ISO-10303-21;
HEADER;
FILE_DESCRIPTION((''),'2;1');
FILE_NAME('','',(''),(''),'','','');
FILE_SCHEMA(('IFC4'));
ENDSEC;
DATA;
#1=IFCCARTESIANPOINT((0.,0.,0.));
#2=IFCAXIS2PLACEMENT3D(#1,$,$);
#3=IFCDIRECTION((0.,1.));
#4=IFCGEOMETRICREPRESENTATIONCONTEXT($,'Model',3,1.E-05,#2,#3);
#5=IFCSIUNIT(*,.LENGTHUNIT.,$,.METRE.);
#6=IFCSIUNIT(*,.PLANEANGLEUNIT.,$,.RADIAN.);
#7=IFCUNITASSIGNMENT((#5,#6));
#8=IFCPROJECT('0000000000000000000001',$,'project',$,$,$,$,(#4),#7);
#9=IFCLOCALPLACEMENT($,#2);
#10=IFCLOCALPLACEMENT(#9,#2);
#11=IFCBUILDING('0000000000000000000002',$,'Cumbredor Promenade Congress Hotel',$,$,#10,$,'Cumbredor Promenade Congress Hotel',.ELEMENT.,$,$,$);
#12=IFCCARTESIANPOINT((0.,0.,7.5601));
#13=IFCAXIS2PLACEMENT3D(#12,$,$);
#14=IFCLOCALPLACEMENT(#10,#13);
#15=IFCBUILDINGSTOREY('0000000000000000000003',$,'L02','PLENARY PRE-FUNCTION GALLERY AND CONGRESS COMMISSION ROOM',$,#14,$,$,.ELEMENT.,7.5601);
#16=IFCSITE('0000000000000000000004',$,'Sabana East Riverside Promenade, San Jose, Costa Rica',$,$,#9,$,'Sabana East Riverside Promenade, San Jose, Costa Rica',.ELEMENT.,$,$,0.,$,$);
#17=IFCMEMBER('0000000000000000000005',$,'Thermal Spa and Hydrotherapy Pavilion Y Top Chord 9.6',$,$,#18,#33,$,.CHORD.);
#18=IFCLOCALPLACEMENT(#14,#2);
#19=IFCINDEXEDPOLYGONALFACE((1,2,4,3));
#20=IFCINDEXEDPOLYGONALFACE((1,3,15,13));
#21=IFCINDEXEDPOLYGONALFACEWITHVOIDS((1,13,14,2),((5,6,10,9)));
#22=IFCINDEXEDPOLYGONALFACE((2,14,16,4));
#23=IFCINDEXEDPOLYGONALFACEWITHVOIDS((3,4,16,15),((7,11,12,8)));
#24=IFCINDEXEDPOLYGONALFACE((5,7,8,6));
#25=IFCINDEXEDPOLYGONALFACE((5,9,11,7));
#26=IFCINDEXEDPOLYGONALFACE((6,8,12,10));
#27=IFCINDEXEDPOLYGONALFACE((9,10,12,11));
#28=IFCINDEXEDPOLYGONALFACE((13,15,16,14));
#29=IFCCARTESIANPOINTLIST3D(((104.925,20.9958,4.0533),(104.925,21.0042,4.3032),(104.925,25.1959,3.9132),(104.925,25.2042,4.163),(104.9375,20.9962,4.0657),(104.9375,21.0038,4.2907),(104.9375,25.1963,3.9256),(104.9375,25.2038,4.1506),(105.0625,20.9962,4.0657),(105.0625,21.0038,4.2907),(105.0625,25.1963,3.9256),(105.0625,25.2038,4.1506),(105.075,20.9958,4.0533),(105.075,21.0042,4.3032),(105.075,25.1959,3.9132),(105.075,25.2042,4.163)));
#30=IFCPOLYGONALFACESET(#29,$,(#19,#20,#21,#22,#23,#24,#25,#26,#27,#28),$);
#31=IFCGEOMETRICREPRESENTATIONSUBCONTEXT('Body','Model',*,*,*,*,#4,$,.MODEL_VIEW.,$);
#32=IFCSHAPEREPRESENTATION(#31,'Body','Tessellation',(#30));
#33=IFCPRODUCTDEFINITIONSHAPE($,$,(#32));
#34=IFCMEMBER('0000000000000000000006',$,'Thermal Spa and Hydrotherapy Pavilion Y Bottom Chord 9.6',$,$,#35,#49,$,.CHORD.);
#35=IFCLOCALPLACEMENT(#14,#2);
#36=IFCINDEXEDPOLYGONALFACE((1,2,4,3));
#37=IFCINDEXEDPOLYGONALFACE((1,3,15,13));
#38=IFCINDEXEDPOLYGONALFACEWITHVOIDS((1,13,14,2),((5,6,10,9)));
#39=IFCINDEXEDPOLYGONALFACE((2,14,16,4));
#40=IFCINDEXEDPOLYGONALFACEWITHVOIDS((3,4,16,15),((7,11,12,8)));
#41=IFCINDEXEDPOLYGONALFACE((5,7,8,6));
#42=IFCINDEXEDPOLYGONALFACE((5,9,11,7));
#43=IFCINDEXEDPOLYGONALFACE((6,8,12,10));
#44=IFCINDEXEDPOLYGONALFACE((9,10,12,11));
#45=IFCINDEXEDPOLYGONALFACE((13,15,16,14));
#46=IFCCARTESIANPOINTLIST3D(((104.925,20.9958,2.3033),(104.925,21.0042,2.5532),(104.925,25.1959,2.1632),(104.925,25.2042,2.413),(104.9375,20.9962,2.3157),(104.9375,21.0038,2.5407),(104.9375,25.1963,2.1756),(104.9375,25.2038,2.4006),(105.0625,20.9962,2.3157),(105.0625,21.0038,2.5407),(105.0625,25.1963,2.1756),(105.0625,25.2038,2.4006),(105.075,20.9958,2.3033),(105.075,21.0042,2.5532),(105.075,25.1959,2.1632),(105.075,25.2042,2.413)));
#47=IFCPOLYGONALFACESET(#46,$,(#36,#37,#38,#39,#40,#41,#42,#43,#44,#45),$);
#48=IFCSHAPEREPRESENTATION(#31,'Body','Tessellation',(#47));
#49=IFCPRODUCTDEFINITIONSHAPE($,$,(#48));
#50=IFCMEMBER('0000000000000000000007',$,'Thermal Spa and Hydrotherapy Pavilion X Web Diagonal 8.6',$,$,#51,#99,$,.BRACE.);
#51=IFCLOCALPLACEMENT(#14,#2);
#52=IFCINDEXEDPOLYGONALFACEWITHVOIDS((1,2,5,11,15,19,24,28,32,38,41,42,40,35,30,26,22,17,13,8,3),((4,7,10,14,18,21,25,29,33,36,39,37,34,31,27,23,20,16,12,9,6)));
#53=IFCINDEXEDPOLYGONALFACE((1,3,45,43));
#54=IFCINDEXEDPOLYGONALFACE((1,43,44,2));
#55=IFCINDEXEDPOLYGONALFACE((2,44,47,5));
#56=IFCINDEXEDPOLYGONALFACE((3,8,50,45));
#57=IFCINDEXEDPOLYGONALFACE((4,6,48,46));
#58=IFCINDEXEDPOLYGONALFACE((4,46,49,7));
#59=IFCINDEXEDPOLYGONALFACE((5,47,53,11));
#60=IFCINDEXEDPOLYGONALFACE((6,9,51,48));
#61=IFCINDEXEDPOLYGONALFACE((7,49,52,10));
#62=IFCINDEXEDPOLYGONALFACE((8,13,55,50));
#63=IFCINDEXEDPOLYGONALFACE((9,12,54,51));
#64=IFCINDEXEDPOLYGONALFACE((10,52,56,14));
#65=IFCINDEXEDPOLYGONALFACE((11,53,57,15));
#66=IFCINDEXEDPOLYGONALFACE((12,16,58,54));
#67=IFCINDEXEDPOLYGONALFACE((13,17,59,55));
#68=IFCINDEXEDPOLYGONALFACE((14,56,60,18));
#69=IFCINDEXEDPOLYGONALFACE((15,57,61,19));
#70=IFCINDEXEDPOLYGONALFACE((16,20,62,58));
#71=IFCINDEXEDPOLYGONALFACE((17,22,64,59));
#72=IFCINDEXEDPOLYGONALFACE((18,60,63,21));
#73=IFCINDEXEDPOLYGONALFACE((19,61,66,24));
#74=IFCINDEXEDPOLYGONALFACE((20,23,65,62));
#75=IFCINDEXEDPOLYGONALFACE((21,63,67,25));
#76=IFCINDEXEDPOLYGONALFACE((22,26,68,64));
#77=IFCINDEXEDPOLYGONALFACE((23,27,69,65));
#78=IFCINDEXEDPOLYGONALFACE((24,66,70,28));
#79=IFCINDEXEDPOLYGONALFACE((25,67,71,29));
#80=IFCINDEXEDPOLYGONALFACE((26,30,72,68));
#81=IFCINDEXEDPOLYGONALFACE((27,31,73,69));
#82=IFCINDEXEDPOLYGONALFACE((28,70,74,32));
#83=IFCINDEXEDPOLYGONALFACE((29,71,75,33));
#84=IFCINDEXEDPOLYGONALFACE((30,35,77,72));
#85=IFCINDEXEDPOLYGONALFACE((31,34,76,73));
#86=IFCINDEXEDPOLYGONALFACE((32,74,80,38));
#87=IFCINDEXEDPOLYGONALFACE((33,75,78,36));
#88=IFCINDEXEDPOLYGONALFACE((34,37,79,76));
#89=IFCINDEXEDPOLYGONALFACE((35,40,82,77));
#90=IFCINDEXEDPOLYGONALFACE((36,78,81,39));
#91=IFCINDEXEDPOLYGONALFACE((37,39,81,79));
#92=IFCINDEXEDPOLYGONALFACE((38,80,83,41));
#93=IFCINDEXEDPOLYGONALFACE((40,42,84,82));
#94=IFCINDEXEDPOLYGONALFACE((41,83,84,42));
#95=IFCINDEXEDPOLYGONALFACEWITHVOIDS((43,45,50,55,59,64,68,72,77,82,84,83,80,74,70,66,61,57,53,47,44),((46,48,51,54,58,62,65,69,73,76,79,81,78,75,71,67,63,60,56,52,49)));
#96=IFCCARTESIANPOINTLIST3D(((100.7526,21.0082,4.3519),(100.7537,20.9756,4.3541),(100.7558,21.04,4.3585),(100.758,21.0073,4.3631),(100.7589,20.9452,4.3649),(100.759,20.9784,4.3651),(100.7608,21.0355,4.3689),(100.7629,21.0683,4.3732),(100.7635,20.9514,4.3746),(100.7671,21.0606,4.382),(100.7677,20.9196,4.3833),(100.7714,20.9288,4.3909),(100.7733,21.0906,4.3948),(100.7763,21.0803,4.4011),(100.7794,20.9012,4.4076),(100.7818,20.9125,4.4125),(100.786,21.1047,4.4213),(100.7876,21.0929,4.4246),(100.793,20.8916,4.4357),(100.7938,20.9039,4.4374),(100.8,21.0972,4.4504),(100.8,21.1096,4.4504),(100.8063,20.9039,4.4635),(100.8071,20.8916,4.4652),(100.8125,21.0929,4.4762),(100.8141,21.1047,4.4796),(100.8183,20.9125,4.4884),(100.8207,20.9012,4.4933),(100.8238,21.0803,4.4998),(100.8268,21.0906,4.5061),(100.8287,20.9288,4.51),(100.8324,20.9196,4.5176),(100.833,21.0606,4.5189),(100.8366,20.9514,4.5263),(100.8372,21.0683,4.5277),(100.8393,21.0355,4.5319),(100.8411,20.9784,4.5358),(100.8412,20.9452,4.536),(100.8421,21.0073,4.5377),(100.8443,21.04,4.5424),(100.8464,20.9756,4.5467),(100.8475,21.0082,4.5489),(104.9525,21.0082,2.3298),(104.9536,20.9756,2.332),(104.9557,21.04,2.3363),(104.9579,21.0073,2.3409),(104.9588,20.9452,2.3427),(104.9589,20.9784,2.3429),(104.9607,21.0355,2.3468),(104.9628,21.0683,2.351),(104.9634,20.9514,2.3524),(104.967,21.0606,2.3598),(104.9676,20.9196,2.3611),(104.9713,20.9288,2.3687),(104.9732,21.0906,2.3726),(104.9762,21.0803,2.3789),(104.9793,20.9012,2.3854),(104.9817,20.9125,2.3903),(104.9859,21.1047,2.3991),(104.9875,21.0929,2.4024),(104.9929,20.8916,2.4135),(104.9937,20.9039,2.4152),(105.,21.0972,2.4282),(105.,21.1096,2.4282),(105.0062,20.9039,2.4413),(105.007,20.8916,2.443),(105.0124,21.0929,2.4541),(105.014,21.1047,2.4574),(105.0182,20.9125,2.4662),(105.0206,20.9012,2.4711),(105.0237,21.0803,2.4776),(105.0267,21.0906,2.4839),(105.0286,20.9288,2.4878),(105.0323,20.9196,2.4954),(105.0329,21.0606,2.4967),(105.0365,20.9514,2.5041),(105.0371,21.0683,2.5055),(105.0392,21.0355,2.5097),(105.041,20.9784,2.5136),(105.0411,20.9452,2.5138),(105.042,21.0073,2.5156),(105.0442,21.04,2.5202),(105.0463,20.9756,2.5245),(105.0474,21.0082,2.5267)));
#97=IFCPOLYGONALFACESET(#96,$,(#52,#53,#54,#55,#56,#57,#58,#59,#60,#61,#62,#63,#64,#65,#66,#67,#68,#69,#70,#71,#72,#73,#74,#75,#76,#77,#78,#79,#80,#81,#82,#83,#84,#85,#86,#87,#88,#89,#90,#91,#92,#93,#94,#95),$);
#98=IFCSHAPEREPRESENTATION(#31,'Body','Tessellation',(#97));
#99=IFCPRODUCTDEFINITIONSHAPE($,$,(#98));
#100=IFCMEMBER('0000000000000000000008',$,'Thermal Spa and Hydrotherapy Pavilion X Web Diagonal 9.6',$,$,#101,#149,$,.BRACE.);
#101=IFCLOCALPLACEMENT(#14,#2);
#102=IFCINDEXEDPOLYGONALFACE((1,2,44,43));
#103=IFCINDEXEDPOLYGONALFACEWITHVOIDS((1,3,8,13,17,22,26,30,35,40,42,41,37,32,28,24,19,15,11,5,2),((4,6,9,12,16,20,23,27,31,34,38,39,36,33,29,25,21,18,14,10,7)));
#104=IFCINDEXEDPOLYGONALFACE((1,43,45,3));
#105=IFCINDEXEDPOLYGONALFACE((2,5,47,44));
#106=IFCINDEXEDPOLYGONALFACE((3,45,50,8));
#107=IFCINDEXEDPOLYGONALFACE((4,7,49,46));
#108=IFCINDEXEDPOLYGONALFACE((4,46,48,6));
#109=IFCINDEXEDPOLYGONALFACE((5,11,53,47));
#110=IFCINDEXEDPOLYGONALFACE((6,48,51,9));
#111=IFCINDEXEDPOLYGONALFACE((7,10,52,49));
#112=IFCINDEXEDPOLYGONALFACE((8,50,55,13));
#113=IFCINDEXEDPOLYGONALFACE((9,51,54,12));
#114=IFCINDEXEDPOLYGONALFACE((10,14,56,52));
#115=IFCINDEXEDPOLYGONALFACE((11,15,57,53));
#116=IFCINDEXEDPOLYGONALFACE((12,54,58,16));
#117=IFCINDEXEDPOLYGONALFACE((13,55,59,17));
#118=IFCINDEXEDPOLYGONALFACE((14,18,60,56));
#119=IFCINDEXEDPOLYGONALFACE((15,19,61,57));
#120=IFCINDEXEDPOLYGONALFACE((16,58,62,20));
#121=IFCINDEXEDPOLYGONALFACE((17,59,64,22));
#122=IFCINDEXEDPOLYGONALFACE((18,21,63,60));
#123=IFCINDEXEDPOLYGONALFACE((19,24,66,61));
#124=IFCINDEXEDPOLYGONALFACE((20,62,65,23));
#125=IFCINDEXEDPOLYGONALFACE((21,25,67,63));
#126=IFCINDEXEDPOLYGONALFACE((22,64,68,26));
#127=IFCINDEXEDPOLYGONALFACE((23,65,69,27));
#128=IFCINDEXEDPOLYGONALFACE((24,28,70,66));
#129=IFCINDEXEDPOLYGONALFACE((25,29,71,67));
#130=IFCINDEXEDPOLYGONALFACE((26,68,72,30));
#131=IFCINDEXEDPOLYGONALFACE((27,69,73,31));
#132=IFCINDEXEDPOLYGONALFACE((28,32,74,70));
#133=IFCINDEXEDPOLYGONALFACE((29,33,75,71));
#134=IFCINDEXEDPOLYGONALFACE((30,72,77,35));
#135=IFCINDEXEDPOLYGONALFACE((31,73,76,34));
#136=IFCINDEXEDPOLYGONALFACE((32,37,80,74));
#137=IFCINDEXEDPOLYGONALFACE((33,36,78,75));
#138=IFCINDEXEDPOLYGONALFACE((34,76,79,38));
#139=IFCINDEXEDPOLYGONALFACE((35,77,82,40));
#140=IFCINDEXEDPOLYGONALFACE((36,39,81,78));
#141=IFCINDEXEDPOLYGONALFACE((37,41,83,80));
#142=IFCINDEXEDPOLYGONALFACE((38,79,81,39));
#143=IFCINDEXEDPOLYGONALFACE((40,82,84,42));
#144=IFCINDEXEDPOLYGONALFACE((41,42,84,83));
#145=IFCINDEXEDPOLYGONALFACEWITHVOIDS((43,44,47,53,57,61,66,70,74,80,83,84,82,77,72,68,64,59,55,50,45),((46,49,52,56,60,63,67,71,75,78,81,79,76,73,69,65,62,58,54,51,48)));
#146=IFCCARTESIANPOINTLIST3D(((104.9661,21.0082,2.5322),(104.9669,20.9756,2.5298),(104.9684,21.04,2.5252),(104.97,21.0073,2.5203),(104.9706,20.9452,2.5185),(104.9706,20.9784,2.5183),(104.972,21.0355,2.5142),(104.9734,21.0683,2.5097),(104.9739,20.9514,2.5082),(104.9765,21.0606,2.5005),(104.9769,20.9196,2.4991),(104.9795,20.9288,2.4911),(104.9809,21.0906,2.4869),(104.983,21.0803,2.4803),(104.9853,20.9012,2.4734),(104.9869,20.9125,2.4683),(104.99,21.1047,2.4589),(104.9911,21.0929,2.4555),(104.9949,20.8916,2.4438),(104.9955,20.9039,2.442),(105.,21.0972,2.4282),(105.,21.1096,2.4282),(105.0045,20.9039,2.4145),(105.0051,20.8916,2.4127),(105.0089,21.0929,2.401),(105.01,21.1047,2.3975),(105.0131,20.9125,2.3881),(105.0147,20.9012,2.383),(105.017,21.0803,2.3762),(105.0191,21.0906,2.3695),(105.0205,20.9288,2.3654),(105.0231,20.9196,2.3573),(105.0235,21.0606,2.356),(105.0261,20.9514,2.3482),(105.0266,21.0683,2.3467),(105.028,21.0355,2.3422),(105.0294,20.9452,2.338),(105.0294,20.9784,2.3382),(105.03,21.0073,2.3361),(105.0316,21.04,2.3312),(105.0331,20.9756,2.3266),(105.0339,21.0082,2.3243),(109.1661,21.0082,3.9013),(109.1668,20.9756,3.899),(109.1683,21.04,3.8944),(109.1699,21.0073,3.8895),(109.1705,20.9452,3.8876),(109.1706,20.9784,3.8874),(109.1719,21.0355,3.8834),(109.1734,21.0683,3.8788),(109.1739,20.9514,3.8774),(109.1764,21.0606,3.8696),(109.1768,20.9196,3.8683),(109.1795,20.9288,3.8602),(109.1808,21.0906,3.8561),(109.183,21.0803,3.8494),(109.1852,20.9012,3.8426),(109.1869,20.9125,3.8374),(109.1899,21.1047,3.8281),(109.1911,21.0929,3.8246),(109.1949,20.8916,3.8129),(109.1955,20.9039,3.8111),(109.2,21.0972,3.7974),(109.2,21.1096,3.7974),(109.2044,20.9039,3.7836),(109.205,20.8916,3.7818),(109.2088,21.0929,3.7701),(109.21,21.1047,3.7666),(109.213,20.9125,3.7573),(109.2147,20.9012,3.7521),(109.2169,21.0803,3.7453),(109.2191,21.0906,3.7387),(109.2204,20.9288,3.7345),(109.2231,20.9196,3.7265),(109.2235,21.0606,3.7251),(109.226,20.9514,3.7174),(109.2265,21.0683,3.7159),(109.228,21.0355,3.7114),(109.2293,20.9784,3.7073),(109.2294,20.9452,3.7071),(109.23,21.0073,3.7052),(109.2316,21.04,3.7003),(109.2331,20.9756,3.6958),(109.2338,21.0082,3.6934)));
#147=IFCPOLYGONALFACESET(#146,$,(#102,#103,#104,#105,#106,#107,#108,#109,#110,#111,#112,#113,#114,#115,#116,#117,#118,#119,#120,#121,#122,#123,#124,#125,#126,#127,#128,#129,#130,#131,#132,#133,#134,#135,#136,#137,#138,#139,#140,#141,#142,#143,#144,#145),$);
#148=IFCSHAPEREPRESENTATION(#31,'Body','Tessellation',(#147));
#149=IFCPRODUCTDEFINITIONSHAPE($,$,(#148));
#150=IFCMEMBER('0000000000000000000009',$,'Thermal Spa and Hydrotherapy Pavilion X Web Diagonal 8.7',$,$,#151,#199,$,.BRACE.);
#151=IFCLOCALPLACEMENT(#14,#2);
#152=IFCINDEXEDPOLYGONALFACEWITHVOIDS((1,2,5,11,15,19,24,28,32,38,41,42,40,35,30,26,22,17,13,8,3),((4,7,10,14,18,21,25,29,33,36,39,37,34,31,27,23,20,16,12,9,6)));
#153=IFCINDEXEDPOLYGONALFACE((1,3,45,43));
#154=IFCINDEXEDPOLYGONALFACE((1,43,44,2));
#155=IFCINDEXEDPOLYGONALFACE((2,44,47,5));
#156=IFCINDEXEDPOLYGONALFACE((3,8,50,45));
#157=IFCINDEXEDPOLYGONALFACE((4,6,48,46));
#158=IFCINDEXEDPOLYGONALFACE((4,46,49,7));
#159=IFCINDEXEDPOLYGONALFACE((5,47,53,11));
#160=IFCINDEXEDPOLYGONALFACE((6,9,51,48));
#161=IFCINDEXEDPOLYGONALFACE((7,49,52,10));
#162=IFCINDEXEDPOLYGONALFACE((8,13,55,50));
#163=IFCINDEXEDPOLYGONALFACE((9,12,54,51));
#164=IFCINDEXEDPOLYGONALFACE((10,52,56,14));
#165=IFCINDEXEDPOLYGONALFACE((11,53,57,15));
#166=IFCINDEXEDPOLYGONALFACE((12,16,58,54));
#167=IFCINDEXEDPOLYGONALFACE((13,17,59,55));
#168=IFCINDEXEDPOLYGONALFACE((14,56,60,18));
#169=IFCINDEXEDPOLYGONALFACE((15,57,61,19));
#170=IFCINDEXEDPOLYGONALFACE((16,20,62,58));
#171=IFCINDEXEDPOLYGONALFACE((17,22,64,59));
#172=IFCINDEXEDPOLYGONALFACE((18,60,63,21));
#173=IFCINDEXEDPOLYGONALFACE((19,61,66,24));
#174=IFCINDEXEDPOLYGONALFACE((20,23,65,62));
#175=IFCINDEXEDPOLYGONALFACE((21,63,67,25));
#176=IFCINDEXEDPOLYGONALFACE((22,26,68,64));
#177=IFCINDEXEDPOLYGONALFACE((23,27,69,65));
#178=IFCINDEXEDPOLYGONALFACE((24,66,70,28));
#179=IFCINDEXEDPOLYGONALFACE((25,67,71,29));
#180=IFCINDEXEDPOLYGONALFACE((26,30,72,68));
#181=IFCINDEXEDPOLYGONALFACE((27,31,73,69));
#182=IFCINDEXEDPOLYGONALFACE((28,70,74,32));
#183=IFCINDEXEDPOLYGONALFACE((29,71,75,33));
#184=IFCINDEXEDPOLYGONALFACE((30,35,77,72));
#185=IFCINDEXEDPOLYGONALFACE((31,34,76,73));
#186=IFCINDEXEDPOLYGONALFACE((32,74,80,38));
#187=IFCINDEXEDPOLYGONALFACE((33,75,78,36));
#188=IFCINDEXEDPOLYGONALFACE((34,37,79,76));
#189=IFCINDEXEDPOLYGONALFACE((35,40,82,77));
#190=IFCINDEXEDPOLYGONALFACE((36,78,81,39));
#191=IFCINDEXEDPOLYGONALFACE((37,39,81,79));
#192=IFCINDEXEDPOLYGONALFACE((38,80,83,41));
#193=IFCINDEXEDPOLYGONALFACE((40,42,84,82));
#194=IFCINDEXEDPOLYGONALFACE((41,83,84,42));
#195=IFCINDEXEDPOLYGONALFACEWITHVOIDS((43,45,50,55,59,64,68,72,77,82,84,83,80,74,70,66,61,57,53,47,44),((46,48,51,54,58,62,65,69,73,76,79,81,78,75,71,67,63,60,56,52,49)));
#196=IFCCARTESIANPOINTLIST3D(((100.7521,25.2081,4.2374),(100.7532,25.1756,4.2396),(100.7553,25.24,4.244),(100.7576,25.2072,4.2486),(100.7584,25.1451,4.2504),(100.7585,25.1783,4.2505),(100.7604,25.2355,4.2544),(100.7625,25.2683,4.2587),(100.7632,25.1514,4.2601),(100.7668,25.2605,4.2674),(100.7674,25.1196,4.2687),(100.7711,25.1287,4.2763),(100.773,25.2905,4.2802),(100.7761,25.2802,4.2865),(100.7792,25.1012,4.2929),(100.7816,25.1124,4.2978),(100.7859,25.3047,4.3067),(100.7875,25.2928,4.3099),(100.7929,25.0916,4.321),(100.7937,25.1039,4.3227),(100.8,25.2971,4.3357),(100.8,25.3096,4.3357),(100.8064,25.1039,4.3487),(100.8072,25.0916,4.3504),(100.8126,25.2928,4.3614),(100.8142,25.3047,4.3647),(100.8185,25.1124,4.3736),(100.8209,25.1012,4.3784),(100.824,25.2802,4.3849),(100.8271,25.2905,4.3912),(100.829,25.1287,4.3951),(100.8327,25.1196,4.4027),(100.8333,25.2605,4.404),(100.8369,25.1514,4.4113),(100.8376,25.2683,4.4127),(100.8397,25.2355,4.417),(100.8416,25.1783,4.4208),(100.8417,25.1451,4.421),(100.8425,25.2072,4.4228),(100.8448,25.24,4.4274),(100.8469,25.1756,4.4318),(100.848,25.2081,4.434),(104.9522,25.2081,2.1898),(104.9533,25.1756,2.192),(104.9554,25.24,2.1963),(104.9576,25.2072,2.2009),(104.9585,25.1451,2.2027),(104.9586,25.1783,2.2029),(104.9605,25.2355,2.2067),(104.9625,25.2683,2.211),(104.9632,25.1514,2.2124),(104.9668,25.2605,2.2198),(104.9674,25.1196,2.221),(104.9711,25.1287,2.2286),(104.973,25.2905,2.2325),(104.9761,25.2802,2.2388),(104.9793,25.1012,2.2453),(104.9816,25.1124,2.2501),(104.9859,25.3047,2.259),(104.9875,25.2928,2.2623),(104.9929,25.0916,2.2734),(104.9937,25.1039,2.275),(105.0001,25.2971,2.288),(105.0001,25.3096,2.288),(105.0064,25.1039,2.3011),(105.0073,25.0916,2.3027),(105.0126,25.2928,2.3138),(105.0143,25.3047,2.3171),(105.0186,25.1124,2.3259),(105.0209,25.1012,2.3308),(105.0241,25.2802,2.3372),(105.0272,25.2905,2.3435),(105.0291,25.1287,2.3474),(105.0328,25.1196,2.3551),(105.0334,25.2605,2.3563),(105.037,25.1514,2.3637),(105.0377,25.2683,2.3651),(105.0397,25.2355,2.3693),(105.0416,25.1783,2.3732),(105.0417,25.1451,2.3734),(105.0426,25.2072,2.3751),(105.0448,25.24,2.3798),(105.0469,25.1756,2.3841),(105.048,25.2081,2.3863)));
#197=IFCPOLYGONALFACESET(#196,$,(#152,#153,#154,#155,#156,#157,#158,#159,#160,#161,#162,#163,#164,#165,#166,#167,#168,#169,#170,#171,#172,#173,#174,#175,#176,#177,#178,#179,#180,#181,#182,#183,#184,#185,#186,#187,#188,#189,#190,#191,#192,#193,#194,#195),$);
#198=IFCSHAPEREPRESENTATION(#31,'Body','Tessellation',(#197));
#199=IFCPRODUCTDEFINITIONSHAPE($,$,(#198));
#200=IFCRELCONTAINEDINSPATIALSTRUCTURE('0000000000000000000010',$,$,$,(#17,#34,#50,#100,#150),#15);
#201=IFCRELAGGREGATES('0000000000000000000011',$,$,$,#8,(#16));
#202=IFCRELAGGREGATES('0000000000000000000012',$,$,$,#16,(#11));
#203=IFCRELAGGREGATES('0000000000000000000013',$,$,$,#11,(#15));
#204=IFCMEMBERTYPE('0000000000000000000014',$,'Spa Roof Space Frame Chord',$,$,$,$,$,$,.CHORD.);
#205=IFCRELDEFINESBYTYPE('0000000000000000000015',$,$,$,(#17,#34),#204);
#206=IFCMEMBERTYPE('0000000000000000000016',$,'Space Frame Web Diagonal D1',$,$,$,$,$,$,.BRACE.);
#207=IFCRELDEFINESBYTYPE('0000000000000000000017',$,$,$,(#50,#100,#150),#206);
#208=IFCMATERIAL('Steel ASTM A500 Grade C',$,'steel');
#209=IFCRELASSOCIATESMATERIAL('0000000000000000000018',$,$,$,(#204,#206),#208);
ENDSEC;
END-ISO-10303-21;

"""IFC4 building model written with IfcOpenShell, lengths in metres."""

from ifc_helpers import new_model, si_unit, direction, frame, origin, origin_2d, place, context, subcontext, project, spatial, hollow_rectangle, hollow_circle, extrude, material, material_profile, profile_set, type_object, element, save


model = new_model("IFC4")

# Units and contexts
model_context = context("Model", 3, precision=1e-05, world=origin(), true_north=direction((0.0, 1.0)))
body_context = subcontext(model_context, "Body", "Model", "MODEL_VIEW")
ifc_project = project(units=[si_unit("LENGTHUNIT", "METRE"), si_unit("PLANEANGLEUNIT", "RADIAN")], contexts=[model_context])

# Site, building, storey
site_placement = place(None, origin())
site = spatial("IfcSite", under=ifc_project, at=site_placement, Name="Sabana East Riverside Promenade, San Jose, Costa Rica", LongName="Sabana East Riverside Promenade, San Jose, Costa Rica", CompositionType="ELEMENT", RefElevation=0.0)
building_placement = place(site_placement, origin())
building = spatial("IfcBuilding", under=site, at=building_placement, Name="Cumbredor Promenade Congress Hotel", LongName="Cumbredor Promenade Congress Hotel", CompositionType="ELEMENT")
storey_placement = place(building_placement, frame((0.0, 0.0, 7.5601)))
storey = spatial("IfcBuildingStorey", under=building, at=storey_placement, Name="L02", Description="PLENARY PRE-FUNCTION GALLERY AND CONGRESS COMMISSION ROOM", CompositionType="ELEMENT", Elevation=7.5601)

# Members
ifc_material_1 = material(Name="Steel ASTM A500 Grade C", Category="steel")
ifc_material_profile_1 = material_profile(ifc_material_1, hollow_rectangle(XDim=0.1499, YDim=0.25, WallThickness=0.0125, at=origin_2d()), Name="HSS 250x150x12.5")
ifc_profile_set_1 = profile_set([ifc_material_profile_1], Name="Steel ASTM A500 Grade C")
member_type_1 = type_object("IfcMemberType", Name="Spa Roof Space Frame Chord", PredefinedType="CHORD", material=ifc_profile_set_1)
for number, where, z_axis, x_axis, name in (
    (1, (105.0, 21.0, 4.1782), (0.0, 0.999444, -0.033348), (-1.0, 0.0, 0.0), "Thermal Spa and Hydrotherapy Pavilion Y Top Chord 9.6"),
    (2, (105.0, 21.0, 2.4282), (0.0, 0.999444, -0.033348), (-1.0, 0.0, 0.0), "Thermal Spa and Hydrotherapy Pavilion Y Bottom Chord 9.6"),
):
    element("IfcMember", number, at=place(storey_placement, frame(where, z_axis=z_axis, x_axis=x_axis)), inside=storey, type_object=member_type_1, Name=name, PredefinedType="CHORD", context=body_context, shape_type="SweptSolid", body=[
        extrude(hollow_rectangle(XDim=0.1499, YDim=0.25, WallThickness=0.0125, at=origin_2d()), origin(), (0.0, 0.0, 1.0), 4.2024),
    ])
ifc_material_profile_2 = material_profile(ifc_material_1, hollow_circle(Radius=0.1096, WallThickness=0.0125, at=origin_2d()), Name="CHS 219.1x12.5")
ifc_profile_set_2 = profile_set([ifc_material_profile_2], Name="Steel ASTM A500 Grade C")
member_type_2 = type_object("IfcMemberType", Name="Space Frame Web Diagonal D1", PredefinedType="BRACE", material=ifc_profile_set_2)
member_1_placement = place(storey_placement, frame((100.8, 21.0, 4.4504), z_axis=(0.901, 0.0, -0.433819), x_axis=(0.0, 1.0, 0.0)))
element("IfcMember", 3, at=member_1_placement, inside=storey, type_object=member_type_2, Name="Thermal Spa and Hydrotherapy Pavilion X Web Diagonal 8.6", PredefinedType="BRACE", context=body_context, shape_type="SweptSolid", body=[
    extrude(hollow_circle(Radius=0.1096, WallThickness=0.0125, at=origin_2d()), origin(), (0.0, 0.0, 1.0), 4.6614),
])
member_2_placement = place(storey_placement, frame((105.0, 21.0, 2.4282), z_axis=(0.950757, 0.0, 0.309937), x_axis=(0.0, 1.0, 0.0)))
element("IfcMember", 4, at=member_2_placement, inside=storey, type_object=member_type_2, Name="Thermal Spa and Hydrotherapy Pavilion X Web Diagonal 9.6", PredefinedType="BRACE", context=body_context, shape_type="SweptSolid", body=[
    extrude(hollow_circle(Radius=0.1096, WallThickness=0.0125, at=origin_2d()), origin(), (0.0, 0.0, 1.0), 4.4175),
])
member_3_placement = place(storey_placement, frame((100.8, 25.2, 4.3357), z_axis=(0.898865, 0.0, -0.438225), x_axis=(0.0, 1.0, 0.0)))
element("IfcMember", 5, at=member_3_placement, inside=storey, type_object=member_type_2, Name="Thermal Spa and Hydrotherapy Pavilion X Web Diagonal 8.7", PredefinedType="BRACE", context=body_context, shape_type="SweptSolid", body=[
    extrude(hollow_circle(Radius=0.1096, WallThickness=0.0125, at=origin_2d()), origin(), (0.0, 0.0, 1.0), 4.6726),
])

save(model, "model.ifc")
